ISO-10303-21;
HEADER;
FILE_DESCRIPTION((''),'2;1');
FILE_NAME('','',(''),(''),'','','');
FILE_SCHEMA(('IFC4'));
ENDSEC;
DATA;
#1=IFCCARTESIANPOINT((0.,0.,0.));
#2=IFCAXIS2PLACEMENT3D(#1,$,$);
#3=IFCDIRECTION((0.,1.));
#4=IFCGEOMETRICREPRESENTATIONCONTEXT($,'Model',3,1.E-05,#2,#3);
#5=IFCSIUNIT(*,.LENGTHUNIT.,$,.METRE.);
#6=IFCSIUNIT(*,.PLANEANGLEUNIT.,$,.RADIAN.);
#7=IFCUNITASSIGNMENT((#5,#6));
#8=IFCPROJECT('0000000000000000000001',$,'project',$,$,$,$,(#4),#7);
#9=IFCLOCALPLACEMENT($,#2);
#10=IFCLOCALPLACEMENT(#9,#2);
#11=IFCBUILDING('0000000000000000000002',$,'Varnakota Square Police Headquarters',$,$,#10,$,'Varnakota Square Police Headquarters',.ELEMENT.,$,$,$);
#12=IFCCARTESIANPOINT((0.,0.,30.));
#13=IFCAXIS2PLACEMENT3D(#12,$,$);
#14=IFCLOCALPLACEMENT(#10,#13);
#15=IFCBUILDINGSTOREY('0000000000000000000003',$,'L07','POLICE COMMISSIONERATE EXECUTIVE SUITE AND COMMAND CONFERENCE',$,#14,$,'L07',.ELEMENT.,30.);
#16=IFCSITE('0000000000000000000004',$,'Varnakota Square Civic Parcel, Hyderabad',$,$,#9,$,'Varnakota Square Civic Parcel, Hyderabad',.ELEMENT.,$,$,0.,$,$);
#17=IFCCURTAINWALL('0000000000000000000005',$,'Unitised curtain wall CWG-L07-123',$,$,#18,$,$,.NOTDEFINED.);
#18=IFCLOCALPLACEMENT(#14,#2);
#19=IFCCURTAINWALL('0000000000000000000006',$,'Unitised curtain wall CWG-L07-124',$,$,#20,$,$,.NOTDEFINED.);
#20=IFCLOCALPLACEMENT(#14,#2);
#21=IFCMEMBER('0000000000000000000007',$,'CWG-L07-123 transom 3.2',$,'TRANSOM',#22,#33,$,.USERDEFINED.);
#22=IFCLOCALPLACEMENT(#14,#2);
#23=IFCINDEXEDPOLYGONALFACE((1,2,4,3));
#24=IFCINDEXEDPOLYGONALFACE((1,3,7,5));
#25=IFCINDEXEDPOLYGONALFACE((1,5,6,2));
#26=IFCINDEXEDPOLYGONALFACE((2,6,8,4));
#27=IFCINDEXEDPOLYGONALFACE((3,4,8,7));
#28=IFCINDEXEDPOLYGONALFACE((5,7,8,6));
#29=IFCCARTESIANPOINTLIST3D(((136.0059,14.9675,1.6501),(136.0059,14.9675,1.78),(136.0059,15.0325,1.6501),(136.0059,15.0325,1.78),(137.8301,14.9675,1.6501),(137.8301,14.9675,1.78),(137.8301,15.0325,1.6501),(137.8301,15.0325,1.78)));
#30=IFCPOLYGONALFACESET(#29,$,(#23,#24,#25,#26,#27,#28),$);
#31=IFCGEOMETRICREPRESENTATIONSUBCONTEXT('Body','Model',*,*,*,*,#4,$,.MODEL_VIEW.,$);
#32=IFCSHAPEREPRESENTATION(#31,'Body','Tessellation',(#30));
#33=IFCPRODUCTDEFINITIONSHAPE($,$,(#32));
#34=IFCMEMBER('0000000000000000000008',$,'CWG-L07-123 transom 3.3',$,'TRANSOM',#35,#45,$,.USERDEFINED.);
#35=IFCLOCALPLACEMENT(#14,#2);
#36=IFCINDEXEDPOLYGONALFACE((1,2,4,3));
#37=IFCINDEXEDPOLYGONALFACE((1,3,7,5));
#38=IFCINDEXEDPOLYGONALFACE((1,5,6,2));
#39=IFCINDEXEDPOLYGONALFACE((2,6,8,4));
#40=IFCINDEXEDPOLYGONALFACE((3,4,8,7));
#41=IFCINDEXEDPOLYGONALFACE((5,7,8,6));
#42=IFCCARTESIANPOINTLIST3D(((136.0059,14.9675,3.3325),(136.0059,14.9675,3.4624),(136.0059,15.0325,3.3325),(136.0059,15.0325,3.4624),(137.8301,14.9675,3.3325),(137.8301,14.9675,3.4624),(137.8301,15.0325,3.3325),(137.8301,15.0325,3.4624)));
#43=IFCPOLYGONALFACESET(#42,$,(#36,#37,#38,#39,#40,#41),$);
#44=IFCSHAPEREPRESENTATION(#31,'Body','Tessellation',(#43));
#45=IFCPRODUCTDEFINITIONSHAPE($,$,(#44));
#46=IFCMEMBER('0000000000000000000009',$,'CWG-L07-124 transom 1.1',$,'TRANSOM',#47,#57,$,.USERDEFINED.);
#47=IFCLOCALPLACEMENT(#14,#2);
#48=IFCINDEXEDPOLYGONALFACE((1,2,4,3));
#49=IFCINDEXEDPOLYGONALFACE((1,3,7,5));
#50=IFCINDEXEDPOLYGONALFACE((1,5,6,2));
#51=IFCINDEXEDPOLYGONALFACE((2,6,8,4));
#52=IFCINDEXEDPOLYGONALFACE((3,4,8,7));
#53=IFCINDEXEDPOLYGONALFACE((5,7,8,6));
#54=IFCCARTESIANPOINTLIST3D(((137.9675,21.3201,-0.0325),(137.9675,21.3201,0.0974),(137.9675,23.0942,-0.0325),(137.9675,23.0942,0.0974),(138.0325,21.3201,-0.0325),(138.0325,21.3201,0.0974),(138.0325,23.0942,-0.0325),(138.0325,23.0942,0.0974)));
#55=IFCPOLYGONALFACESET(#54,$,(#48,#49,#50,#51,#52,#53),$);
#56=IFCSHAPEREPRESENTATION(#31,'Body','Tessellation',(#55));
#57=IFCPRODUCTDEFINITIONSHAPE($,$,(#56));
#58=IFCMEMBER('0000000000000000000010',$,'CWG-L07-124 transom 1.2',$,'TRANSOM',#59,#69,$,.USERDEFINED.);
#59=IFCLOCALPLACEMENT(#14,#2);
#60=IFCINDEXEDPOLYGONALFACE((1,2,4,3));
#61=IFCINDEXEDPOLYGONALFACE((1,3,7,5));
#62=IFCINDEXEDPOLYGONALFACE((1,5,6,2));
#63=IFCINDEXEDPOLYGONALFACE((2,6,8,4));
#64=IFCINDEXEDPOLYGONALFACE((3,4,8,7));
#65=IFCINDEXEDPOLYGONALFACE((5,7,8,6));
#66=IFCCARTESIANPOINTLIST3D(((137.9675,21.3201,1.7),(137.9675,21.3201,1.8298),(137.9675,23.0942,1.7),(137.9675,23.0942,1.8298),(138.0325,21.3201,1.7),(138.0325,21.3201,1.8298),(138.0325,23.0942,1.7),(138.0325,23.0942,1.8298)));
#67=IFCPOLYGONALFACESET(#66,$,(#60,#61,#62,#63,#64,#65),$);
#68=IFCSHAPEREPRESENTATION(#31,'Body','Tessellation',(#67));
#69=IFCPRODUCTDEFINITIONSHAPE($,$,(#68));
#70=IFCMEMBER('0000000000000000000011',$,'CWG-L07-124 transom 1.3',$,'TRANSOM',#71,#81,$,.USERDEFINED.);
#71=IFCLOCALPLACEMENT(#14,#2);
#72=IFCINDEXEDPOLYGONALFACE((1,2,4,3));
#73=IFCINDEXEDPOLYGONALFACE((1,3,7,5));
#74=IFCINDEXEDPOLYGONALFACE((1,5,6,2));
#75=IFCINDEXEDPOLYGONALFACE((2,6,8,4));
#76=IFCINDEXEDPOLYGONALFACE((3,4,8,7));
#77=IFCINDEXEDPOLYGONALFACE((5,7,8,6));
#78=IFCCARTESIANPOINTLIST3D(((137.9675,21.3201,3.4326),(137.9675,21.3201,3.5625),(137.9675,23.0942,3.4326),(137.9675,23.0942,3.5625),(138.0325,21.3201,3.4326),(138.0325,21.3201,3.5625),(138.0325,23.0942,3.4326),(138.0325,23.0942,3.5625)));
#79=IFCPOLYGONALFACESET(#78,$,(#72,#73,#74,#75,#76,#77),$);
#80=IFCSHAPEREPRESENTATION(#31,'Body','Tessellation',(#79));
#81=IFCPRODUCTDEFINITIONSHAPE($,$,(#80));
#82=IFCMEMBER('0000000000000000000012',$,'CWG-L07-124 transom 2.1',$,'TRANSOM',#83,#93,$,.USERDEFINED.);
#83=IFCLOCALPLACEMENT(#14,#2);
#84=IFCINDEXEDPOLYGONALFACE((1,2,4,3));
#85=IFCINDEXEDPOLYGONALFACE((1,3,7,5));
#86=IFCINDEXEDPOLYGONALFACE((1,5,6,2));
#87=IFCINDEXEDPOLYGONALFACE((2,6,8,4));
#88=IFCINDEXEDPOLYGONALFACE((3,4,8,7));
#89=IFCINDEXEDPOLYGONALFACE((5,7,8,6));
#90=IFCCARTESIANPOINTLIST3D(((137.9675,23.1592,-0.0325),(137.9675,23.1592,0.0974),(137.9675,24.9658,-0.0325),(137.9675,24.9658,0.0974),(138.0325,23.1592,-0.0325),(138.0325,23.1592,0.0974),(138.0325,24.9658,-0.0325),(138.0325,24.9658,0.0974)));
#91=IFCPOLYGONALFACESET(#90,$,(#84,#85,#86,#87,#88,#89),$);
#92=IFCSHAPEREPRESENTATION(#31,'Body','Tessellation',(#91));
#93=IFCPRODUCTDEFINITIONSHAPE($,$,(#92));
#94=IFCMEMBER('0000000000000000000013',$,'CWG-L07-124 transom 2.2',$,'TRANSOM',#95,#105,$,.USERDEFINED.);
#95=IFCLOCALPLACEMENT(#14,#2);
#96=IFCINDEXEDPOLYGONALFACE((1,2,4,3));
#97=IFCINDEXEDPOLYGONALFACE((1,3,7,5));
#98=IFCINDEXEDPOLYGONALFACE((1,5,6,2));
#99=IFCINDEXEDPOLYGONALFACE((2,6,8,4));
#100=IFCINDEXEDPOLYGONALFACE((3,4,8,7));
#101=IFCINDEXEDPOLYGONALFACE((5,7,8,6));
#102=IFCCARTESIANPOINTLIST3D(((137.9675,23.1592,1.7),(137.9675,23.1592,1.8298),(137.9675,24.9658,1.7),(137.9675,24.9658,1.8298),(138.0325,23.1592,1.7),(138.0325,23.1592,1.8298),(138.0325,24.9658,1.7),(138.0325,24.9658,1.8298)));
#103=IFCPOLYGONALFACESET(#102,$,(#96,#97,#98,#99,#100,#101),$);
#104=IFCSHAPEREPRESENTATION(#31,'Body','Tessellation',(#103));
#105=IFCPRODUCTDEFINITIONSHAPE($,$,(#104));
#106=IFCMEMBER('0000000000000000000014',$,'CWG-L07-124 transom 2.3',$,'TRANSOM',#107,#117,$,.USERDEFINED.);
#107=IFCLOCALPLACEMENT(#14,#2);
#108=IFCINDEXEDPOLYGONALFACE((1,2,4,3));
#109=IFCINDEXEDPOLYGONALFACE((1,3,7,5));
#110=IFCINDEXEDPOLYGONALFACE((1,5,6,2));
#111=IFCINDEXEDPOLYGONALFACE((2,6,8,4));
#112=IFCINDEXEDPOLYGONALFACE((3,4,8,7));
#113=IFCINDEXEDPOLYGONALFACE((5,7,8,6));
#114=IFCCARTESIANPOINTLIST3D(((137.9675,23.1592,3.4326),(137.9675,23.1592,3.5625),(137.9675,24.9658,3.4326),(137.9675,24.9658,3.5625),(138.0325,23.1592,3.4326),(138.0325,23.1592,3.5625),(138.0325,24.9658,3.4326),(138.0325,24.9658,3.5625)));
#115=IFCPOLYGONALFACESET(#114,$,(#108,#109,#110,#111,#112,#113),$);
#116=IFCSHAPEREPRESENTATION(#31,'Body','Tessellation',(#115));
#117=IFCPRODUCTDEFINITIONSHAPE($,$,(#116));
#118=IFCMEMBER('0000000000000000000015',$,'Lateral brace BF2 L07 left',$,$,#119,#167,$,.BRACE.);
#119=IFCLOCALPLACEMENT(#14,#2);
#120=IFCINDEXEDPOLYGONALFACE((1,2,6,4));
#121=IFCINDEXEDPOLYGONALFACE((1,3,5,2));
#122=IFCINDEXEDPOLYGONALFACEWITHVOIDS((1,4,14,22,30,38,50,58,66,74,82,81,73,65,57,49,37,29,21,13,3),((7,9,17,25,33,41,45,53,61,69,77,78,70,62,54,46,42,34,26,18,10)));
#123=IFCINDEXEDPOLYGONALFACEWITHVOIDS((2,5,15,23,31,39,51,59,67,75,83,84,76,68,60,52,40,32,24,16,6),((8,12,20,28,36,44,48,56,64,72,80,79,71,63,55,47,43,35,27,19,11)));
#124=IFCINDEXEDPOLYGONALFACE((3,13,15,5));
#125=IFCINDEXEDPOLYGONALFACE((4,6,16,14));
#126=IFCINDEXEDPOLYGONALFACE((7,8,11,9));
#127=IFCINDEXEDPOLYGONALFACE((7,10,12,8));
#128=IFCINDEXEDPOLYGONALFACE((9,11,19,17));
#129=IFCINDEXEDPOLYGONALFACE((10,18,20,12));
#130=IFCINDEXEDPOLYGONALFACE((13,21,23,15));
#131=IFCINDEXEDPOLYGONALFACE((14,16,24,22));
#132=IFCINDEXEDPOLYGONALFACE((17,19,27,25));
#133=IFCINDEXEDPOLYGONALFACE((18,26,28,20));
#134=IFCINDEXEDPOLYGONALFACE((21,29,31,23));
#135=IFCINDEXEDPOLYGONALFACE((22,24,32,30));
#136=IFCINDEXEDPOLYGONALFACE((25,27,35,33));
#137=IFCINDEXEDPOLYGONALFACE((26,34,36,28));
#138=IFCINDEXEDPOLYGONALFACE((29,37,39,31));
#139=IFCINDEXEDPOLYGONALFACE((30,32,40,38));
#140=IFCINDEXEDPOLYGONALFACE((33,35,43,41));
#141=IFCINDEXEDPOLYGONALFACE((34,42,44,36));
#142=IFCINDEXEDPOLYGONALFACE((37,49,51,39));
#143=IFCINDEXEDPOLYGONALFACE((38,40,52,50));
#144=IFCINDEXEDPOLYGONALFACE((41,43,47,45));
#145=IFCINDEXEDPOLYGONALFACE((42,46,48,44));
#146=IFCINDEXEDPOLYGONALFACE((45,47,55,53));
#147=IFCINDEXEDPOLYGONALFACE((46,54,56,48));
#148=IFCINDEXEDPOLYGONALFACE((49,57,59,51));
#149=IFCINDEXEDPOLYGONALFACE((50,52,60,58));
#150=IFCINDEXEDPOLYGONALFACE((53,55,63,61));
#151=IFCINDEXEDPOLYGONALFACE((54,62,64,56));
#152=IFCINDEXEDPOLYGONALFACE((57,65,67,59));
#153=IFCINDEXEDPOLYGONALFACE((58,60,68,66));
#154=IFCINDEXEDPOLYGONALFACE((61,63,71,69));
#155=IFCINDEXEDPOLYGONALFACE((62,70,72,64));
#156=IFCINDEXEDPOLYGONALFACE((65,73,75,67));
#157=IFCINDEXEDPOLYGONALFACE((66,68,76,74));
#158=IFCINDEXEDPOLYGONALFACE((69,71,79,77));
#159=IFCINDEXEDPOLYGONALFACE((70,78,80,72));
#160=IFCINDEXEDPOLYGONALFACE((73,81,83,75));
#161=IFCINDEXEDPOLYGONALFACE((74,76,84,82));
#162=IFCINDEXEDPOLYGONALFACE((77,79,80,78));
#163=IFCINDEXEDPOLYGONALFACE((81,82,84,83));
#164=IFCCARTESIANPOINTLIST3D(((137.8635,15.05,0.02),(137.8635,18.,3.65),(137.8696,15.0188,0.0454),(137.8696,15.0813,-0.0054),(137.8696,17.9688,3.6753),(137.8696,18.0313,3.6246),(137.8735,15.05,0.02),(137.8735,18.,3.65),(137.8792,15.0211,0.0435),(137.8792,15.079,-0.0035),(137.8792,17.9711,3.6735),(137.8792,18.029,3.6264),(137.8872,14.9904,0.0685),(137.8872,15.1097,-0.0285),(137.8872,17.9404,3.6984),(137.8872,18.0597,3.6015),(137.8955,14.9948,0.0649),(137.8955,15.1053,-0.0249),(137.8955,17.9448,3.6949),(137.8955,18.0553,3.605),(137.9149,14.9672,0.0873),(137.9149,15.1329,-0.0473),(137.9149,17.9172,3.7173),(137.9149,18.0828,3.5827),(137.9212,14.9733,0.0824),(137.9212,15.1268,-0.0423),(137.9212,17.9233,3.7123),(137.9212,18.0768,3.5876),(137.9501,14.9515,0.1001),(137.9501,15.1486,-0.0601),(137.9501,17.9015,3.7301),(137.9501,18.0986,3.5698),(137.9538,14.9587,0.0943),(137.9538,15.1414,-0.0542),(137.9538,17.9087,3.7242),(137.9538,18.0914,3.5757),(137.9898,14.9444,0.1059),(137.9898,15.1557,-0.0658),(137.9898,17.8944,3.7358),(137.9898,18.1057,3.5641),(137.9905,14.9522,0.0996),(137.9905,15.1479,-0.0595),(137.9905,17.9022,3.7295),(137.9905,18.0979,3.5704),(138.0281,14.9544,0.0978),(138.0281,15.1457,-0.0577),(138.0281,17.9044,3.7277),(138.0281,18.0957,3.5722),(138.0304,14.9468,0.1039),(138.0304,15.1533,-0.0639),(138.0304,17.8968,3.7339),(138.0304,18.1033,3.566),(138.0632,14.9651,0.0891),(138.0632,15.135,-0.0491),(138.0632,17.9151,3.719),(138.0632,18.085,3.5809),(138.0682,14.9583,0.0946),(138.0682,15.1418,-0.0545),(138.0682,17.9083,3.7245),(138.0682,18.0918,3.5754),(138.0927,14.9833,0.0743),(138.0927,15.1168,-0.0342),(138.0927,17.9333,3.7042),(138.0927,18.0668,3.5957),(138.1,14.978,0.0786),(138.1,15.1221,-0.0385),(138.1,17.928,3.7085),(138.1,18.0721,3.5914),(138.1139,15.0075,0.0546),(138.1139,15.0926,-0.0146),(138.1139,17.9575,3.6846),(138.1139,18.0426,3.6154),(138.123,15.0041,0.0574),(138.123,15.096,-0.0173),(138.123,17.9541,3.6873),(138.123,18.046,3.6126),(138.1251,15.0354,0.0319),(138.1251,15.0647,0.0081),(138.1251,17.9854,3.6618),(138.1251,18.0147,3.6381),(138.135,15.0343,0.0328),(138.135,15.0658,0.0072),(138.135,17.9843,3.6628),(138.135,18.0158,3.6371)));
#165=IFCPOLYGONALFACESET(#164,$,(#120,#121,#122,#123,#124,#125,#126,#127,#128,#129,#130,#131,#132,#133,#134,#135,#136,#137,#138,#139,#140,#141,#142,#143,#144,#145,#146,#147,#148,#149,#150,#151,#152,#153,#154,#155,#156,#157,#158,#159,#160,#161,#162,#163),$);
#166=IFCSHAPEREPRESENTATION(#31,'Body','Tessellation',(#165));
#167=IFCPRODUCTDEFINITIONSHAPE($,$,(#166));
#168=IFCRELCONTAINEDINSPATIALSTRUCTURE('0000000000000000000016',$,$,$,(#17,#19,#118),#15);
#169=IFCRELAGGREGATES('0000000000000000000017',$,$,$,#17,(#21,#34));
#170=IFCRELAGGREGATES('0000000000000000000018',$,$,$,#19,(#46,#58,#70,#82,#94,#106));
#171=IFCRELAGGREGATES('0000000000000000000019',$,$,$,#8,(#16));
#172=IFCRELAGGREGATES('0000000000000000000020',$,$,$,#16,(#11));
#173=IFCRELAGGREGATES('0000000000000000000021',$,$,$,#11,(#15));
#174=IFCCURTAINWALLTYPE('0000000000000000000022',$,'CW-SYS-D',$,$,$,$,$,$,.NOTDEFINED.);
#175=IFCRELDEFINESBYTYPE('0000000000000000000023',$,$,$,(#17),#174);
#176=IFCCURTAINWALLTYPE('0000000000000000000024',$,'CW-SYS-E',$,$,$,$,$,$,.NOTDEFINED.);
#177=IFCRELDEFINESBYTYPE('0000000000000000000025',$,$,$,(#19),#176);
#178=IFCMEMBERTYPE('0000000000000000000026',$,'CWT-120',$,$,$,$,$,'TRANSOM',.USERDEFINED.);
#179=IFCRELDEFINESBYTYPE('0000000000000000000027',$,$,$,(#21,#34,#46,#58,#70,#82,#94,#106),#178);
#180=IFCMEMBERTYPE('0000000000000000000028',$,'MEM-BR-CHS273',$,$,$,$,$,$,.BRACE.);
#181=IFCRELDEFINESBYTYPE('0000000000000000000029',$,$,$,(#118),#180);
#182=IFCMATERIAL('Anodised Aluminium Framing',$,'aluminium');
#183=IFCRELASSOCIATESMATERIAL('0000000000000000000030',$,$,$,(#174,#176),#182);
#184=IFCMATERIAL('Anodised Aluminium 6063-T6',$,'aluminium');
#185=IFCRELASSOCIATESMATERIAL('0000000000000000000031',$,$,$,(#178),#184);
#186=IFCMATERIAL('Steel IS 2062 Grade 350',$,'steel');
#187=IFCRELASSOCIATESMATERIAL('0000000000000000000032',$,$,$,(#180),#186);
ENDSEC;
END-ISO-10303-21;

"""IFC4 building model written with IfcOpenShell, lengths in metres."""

from ifc_helpers import new_model, si_unit, direction, frame, origin, origin_2d, place, context, subcontext, project, spatial, rectangle, hollow_circle, extrude, material, material_profile, profile_set, type_object, element, aggregate, save


model = new_model("IFC4")

# Units and contexts
model_context = context("Model", 3, precision=1e-05, world=origin(), true_north=direction((0.0, 1.0)))
body_context = subcontext(model_context, "Body", "Model", "MODEL_VIEW")
ifc_project = project(units=[si_unit("LENGTHUNIT", "METRE"), si_unit("PLANEANGLEUNIT", "RADIAN")], contexts=[model_context])

# Site, building, storey
site_placement = place(None, origin())
site = spatial("IfcSite", under=ifc_project, at=site_placement, Name="Varnakota Square Civic Parcel, Hyderabad", LongName="Varnakota Square Civic Parcel, Hyderabad", CompositionType="ELEMENT", RefElevation=0.0)
building_placement = place(site_placement, origin())
building = spatial("IfcBuilding", under=site, at=building_placement, Name="Varnakota Square Police Headquarters", LongName="Varnakota Square Police Headquarters", CompositionType="ELEMENT")
storey_placement = place(building_placement, frame((0.0, 0.0, 30.0)))
storey = spatial("IfcBuildingStorey", under=building, at=storey_placement, Name="L07", Description="POLICE COMMISSIONERATE EXECUTIVE SUITE AND COMMAND CONFERENCE", LongName="L07", CompositionType="ELEMENT", Elevation=30.0)

# Shared definitions
ifc_material_1 = material(Name="Steel IS 2062 Grade 350", Category="steel")

# Curtain wall
ifc_material_2 = material(Name="Anodised Aluminium Framing", Category="aluminium")
curtain_wall_type_1 = type_object("IfcCurtainWallType", Name="CW-SYS-D", PredefinedType="NOTDEFINED", material=ifc_material_2)
curtain_wall_1_placement = place(storey_placement, origin())
curtain_wall_1 = element("IfcCurtainWall", 1, at=curtain_wall_1_placement, inside=storey, type_object=curtain_wall_type_1, Name="Unitised curtain wall CWG-L07-123", PredefinedType="NOTDEFINED")
ifc_material_3 = material(Name="Anodised Aluminium 6063-T6", Category="aluminium")

# Curtain wall
curtain_wall_type_2 = type_object("IfcCurtainWallType", Name="CW-SYS-E", PredefinedType="NOTDEFINED", material=ifc_material_2)
curtain_wall_2_placement = place(storey_placement, origin())
curtain_wall_2 = element("IfcCurtainWall", 2, at=curtain_wall_2_placement, inside=storey, type_object=curtain_wall_type_2, Name="Unitised curtain wall CWG-L07-124", PredefinedType="NOTDEFINED")

# Members
ifc_material_profile_1 = material_profile(ifc_material_3, rectangle(XDim=0.0649, YDim=0.1299, at=origin_2d()), Name="ALU TRANSOM 65x130")
ifc_profile_set_1 = profile_set([ifc_material_profile_1], Name="Anodised Aluminium 6063-T6")
member_type_1 = type_object("IfcMemberType", Name="CWT-120", ElementType="TRANSOM", PredefinedType="USERDEFINED", material=ifc_profile_set_1)
member_1_placement = place(storey_placement, frame((136.0059, 15.0, 1.7151), z_axis=(1.0, 0.0, 0.0), x_axis=(0.0, 1.0, 0.0)))
member_1 = element("IfcMember", 3, at=member_1_placement, type_object=member_type_1, Name="CWG-L07-123 transom 3.2", ObjectType="TRANSOM", PredefinedType="USERDEFINED", context=body_context, shape_type="SweptSolid", body=[
    extrude(rectangle(XDim=0.0649, YDim=0.1299, at=origin_2d()), origin(), (0.0, 0.0, 1.0), 1.8242),
])
member_2_placement = place(storey_placement, frame((136.0059, 15.0, 3.3975), z_axis=(1.0, 0.0, 0.0), x_axis=(0.0, 1.0, 0.0)))
member_2 = element("IfcMember", 4, at=member_2_placement, type_object=member_type_1, Name="CWG-L07-123 transom 3.3", ObjectType="TRANSOM", PredefinedType="USERDEFINED", context=body_context, shape_type="SweptSolid", body=[
    extrude(rectangle(XDim=0.0649, YDim=0.1299, at=origin_2d()), origin(), (0.0, 0.0, 1.0), 1.8242),
])
member_3_placement = place(storey_placement, frame((138.0, 21.3201, 0.0325), z_axis=(0.0, 1.0, 0.0), x_axis=(-1.0, 0.0, 0.0)))
member_3 = element("IfcMember", 5, at=member_3_placement, type_object=member_type_1, Name="CWG-L07-124 transom 1.1", ObjectType="TRANSOM", PredefinedType="USERDEFINED", context=body_context, shape_type="SweptSolid", body=[
    extrude(rectangle(XDim=0.0649, YDim=0.1299, at=origin_2d()), origin(), (0.0, 0.0, 1.0), 1.7742),
])
member_4_placement = place(storey_placement, frame((138.0, 21.3201, 1.7649), z_axis=(0.0, 1.0, 0.0), x_axis=(-1.0, 0.0, 0.0)))
member_4 = element("IfcMember", 6, at=member_4_placement, type_object=member_type_1, Name="CWG-L07-124 transom 1.2", ObjectType="TRANSOM", PredefinedType="USERDEFINED", context=body_context, shape_type="SweptSolid", body=[
    extrude(rectangle(XDim=0.0649, YDim=0.1299, at=origin_2d()), origin(), (0.0, 0.0, 1.0), 1.7742),
])
member_5_placement = place(storey_placement, frame((138.0, 21.3201, 3.4976), z_axis=(0.0, 1.0, 0.0), x_axis=(-1.0, 0.0, 0.0)))
member_5 = element("IfcMember", 7, at=member_5_placement, type_object=member_type_1, Name="CWG-L07-124 transom 1.3", ObjectType="TRANSOM", PredefinedType="USERDEFINED", context=body_context, shape_type="SweptSolid", body=[
    extrude(rectangle(XDim=0.0649, YDim=0.1299, at=origin_2d()), origin(), (0.0, 0.0, 1.0), 1.7742),
])
member_6_placement = place(storey_placement, frame((138.0, 23.1592, 0.0325), z_axis=(0.0, 1.0, 0.0), x_axis=(-1.0, 0.0, 0.0)))
member_6 = element("IfcMember", 8, at=member_6_placement, type_object=member_type_1, Name="CWG-L07-124 transom 2.1", ObjectType="TRANSOM", PredefinedType="USERDEFINED", context=body_context, shape_type="SweptSolid", body=[
    extrude(rectangle(XDim=0.0649, YDim=0.1299, at=origin_2d()), origin(), (0.0, 0.0, 1.0), 1.8066),
])
member_7_placement = place(storey_placement, frame((138.0, 23.1592, 1.7649), z_axis=(0.0, 1.0, 0.0), x_axis=(-1.0, 0.0, 0.0)))
member_7 = element("IfcMember", 9, at=member_7_placement, type_object=member_type_1, Name="CWG-L07-124 transom 2.2", ObjectType="TRANSOM", PredefinedType="USERDEFINED", context=body_context, shape_type="SweptSolid", body=[
    extrude(rectangle(XDim=0.0649, YDim=0.1299, at=origin_2d()), origin(), (0.0, 0.0, 1.0), 1.8066),
])
member_8_placement = place(storey_placement, frame((138.0, 23.1592, 3.4976), z_axis=(0.0, 1.0, 0.0), x_axis=(-1.0, 0.0, 0.0)))
member_8 = element("IfcMember", 10, at=member_8_placement, type_object=member_type_1, Name="CWG-L07-124 transom 2.3", ObjectType="TRANSOM", PredefinedType="USERDEFINED", context=body_context, shape_type="SweptSolid", body=[
    extrude(rectangle(XDim=0.0649, YDim=0.1299, at=origin_2d()), origin(), (0.0, 0.0, 1.0), 1.8066),
])

# Member
ifc_material_profile_2 = material_profile(ifc_material_1, hollow_circle(Radius=0.1365, WallThickness=0.01, at=origin_2d()), Name="CHS 273.0x10.0")
ifc_profile_set_2 = profile_set([ifc_material_profile_2], Name="Steel IS 2062 Grade 350")
member_type_2 = type_object("IfcMemberType", Name="MEM-BR-CHS273", PredefinedType="BRACE", material=ifc_profile_set_2)
for number, where, z_axis, x_axis, name in (
    (11, (138.0, 15.05, 0.02), (0.0, 0.630679, 0.776044), (-1.0, 0.0, 0.0), "Lateral brace BF2 L07 left"),
):
    element("IfcMember", number, at=place(storey_placement, frame(where, z_axis=z_axis, x_axis=x_axis)), inside=storey, type_object=member_type_2, Name=name, PredefinedType="BRACE", context=body_context, shape_type="SweptSolid", body=[
        extrude(hollow_circle(Radius=0.1365, WallThickness=0.01, at=origin_2d()), origin(), (0.0, 0.0, 1.0), 4.6775),
    ])

aggregate(curtain_wall_1, [member_1, member_2])
aggregate(curtain_wall_2, [member_3, member_4, member_5, member_6, member_7, member_8])

save(model, "model.ifc")
